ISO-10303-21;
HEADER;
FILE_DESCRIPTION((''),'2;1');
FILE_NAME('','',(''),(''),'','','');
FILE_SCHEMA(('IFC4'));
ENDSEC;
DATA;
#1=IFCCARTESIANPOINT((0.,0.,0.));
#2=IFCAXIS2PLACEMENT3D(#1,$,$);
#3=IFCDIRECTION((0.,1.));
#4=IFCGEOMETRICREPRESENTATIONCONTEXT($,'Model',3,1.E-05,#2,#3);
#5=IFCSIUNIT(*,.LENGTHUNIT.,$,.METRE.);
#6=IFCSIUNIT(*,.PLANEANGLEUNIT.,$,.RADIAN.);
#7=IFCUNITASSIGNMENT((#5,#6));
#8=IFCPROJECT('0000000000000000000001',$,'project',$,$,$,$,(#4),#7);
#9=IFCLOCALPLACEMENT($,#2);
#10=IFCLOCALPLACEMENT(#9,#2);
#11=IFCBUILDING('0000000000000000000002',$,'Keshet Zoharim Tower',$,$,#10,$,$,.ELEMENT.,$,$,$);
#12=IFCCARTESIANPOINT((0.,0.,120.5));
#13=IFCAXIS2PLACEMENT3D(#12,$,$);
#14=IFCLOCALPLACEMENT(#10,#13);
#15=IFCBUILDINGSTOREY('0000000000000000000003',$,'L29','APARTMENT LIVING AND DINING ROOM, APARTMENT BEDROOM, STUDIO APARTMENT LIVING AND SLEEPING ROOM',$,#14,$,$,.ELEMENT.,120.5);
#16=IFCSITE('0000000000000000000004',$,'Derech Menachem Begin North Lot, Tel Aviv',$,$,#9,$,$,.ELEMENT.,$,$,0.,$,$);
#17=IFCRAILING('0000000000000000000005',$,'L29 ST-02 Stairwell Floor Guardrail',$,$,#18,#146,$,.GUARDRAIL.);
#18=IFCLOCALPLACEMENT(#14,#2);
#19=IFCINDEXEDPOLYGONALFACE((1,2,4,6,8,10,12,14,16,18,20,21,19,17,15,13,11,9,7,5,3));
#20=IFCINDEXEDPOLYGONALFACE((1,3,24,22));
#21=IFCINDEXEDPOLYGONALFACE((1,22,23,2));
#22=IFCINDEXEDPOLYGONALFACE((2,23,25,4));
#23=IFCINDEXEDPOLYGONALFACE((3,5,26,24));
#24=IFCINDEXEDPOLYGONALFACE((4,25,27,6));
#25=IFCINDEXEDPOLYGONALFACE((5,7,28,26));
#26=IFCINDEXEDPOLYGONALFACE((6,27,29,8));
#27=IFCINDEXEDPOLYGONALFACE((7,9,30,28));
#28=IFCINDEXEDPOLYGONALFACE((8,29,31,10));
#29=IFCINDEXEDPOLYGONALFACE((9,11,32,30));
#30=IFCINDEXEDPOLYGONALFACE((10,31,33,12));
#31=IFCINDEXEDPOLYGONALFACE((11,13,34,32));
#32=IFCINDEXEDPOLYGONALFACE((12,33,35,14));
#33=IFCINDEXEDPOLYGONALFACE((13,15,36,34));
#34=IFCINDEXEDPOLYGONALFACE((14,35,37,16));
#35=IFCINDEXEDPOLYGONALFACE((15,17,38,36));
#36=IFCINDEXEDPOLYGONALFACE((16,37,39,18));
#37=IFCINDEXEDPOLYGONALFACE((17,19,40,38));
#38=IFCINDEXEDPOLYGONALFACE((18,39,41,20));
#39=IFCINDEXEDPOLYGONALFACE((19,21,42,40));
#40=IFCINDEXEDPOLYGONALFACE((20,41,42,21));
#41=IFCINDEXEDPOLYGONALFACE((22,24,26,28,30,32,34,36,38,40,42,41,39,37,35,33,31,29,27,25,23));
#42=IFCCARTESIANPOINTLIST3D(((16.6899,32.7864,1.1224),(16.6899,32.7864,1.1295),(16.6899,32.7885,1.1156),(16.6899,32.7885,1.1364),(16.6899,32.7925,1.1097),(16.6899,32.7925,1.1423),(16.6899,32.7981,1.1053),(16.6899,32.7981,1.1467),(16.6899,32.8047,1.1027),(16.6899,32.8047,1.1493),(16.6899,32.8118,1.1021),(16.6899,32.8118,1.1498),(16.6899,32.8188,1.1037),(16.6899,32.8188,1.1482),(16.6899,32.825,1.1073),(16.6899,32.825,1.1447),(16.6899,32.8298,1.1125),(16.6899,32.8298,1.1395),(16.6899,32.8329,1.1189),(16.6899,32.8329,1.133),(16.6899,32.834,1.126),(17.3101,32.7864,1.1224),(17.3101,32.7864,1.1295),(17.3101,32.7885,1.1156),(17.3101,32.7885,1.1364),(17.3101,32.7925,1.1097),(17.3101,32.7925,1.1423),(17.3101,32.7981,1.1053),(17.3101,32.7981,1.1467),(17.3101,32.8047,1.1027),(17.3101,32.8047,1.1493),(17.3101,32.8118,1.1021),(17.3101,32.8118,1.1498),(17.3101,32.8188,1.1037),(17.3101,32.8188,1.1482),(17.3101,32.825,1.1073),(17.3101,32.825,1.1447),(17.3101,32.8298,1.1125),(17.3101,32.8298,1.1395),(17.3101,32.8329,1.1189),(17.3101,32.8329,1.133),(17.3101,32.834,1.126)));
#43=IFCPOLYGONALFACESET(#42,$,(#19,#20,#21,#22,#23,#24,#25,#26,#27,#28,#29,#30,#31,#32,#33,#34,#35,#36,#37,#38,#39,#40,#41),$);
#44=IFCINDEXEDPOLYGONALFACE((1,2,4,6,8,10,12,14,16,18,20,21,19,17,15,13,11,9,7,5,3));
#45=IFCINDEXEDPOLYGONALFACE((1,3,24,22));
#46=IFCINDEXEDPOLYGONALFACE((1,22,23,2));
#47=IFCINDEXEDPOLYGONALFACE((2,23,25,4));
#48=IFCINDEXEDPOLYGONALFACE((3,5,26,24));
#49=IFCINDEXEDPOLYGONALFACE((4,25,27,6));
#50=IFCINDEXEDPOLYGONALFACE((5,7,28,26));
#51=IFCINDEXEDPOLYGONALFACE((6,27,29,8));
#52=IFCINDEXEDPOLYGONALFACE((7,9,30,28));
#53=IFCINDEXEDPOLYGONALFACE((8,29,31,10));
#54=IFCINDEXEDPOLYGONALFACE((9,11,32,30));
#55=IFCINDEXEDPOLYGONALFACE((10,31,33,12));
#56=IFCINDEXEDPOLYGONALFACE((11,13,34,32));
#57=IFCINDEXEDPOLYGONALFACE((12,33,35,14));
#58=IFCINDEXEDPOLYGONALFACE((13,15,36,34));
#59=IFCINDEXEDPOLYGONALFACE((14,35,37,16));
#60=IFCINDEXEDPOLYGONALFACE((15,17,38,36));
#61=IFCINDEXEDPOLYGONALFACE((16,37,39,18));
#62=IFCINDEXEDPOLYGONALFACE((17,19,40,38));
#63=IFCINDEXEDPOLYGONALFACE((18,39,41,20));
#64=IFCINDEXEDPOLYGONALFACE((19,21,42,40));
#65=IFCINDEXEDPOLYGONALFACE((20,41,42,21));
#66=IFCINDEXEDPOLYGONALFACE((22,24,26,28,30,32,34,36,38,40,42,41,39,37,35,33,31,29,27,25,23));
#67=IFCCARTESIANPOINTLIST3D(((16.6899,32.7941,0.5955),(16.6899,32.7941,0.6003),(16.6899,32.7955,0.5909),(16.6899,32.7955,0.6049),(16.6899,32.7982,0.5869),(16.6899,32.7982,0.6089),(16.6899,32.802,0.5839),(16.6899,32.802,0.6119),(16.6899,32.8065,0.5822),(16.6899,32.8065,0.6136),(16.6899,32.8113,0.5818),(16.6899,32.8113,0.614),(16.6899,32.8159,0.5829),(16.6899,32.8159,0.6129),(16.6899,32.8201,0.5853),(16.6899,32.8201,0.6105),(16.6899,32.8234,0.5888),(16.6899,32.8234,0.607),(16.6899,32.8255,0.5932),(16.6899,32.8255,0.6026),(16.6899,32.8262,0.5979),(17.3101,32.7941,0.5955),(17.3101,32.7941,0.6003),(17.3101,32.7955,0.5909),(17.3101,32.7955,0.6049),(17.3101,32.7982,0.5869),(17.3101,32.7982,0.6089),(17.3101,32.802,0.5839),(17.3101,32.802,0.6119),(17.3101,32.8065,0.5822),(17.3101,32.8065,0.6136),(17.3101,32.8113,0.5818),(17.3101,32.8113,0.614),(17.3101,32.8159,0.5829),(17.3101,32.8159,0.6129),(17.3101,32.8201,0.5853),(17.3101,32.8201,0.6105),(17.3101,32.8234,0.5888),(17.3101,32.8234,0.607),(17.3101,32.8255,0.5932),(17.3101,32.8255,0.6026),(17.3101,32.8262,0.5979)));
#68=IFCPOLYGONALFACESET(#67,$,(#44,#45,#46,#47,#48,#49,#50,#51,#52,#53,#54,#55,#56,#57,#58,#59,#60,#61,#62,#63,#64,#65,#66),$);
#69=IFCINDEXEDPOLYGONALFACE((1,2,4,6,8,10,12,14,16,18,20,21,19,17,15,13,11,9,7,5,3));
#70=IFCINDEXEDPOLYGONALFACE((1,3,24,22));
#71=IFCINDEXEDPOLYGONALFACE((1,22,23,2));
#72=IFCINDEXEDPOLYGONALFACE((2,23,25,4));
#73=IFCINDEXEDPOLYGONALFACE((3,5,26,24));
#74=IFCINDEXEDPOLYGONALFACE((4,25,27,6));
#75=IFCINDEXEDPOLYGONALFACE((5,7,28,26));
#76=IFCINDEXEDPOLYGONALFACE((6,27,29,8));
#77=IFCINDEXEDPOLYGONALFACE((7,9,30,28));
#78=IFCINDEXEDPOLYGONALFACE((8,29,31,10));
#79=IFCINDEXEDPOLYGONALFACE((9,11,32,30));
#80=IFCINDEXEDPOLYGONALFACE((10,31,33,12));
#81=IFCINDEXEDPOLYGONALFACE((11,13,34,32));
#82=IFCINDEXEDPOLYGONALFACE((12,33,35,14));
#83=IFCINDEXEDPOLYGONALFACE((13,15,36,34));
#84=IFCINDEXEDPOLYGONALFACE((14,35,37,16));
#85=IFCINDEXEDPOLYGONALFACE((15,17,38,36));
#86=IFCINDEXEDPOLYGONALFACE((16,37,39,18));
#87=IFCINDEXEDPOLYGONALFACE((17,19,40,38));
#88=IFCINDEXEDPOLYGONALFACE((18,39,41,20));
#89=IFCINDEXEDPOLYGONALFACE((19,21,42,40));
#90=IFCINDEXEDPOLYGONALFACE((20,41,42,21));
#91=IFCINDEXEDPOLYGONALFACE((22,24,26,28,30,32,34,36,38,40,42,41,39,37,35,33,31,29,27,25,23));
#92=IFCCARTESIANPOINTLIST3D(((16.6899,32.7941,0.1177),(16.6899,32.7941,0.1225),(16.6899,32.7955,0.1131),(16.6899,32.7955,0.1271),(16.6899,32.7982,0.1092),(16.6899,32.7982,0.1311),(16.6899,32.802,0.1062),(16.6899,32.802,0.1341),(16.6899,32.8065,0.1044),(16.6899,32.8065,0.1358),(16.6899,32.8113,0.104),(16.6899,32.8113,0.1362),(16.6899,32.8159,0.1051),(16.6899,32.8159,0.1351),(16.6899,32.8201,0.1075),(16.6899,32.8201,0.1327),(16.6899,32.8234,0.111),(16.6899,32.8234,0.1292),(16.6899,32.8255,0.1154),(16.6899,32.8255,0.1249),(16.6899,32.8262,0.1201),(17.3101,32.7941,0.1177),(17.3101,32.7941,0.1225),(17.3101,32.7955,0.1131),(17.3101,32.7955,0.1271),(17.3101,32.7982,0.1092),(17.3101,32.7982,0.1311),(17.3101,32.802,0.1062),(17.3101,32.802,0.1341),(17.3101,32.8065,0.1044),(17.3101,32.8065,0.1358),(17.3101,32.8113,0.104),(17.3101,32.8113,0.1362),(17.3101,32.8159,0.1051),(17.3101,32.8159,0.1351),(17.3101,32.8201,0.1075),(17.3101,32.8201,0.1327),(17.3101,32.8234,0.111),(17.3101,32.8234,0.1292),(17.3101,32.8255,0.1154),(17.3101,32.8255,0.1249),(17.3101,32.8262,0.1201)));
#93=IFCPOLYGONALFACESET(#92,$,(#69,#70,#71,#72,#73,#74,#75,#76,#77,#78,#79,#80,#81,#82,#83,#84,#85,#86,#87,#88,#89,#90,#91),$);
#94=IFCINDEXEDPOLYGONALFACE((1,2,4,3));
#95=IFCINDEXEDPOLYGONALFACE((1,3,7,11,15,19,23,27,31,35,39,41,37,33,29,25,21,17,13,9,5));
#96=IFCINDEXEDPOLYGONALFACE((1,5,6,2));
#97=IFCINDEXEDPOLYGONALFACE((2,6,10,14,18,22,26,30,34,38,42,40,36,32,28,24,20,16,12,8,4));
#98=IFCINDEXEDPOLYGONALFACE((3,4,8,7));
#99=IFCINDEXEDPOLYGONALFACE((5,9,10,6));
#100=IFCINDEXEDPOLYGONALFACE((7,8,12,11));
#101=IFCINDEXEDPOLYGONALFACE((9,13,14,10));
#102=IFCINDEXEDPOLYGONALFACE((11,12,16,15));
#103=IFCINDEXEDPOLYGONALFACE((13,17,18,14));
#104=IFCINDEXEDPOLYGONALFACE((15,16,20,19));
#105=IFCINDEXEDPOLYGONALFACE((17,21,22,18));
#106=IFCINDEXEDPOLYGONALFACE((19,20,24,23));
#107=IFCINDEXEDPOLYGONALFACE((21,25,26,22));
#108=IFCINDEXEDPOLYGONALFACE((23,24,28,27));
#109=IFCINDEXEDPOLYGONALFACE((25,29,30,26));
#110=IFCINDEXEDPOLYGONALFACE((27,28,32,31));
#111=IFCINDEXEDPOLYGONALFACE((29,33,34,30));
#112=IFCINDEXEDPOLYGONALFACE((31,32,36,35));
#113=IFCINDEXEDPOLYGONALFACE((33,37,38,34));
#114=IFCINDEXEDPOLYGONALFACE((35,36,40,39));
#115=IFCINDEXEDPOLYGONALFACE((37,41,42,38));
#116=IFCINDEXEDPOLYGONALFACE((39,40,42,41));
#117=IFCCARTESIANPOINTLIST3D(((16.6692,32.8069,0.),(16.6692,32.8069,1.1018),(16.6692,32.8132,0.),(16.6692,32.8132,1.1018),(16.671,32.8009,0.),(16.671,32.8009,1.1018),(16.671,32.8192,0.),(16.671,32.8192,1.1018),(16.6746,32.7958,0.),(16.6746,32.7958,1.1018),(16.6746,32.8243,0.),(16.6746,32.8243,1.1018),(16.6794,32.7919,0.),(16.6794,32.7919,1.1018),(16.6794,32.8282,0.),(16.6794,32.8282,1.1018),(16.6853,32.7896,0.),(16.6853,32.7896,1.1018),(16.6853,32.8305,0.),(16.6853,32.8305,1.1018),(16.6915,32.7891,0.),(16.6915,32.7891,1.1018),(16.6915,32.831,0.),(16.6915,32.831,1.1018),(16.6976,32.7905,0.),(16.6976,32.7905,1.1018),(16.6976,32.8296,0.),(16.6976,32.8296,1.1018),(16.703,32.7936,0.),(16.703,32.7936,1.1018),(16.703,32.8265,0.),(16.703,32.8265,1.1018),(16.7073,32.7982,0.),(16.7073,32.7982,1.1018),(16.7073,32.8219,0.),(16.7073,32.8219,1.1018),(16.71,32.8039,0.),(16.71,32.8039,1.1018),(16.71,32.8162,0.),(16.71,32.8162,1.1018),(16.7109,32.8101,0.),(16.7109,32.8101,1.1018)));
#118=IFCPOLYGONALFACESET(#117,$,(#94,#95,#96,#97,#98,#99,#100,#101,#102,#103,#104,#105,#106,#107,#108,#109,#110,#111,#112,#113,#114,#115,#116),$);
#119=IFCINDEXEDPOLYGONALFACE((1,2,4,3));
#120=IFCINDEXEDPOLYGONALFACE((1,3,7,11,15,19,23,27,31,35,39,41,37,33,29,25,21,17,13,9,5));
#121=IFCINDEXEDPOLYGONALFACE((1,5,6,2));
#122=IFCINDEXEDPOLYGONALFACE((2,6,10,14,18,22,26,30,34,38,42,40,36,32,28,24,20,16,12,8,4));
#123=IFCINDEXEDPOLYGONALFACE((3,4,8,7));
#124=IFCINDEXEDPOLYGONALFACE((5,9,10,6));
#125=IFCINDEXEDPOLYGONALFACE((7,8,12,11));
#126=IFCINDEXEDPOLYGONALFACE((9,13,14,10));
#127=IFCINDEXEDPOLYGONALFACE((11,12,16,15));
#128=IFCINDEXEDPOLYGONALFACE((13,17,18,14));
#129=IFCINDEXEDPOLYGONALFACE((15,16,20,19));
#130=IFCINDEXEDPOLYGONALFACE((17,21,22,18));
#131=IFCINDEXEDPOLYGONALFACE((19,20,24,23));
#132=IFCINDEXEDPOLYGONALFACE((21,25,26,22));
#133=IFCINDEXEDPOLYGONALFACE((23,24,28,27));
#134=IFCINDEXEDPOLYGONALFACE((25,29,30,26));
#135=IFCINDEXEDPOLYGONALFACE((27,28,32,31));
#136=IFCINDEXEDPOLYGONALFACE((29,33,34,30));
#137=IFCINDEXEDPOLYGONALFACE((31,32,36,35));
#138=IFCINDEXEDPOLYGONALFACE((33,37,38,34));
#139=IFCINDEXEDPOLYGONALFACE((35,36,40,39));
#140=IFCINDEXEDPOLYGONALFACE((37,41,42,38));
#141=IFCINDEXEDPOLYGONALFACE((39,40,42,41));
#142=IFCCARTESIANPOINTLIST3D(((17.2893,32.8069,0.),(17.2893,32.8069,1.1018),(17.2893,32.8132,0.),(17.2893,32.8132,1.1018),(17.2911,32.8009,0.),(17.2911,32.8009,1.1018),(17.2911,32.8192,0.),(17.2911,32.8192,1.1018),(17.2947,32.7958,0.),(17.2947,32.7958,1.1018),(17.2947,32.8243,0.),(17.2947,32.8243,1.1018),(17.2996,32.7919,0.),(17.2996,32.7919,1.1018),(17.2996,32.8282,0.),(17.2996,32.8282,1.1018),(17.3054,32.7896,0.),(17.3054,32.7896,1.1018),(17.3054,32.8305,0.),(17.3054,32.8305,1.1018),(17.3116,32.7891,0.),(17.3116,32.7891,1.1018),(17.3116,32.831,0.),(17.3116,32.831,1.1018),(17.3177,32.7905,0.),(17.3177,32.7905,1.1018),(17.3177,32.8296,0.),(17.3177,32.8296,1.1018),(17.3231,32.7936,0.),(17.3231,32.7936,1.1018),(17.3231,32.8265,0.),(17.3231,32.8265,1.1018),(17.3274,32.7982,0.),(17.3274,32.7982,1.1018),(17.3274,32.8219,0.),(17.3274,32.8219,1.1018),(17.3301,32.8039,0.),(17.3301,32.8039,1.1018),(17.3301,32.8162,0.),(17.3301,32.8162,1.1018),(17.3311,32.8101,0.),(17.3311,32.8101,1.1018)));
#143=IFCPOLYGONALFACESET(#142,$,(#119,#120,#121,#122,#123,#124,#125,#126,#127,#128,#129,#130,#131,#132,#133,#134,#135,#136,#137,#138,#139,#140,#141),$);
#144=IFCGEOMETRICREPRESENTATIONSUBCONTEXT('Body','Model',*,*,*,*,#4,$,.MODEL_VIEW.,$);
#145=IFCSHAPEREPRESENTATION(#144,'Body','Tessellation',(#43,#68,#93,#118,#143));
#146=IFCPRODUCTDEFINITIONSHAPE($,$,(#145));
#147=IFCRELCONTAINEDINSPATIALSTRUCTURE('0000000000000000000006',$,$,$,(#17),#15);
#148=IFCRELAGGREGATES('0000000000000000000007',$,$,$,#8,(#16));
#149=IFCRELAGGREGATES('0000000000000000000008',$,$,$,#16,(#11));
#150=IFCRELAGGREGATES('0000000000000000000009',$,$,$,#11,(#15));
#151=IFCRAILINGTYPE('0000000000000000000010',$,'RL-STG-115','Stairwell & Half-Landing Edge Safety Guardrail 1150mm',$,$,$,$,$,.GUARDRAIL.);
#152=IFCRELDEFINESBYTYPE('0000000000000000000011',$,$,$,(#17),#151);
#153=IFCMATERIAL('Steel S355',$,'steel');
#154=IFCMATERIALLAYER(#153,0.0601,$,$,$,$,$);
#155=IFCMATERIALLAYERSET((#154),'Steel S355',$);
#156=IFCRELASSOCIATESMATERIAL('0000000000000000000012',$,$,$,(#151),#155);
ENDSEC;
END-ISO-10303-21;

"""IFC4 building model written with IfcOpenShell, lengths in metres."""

from ifc_helpers import new_model, si_unit, direction, frame, origin, origin_2d, place, context, subcontext, project, spatial, circle, extrude, material, layer, layer_set, type_object, element, save


model = new_model("IFC4")

# Units and contexts
model_context = context("Model", 3, precision=1e-05, world=origin(), true_north=direction((0.0, 1.0)))
body_context = subcontext(model_context, "Body", "Model", "MODEL_VIEW")
ifc_project = project(units=[si_unit("LENGTHUNIT", "METRE"), si_unit("PLANEANGLEUNIT", "RADIAN")], contexts=[model_context])

# Site, building, storey
site_placement = place(None, origin())
site = spatial("IfcSite", under=ifc_project, at=site_placement, Name="Derech Menachem Begin North Lot, Tel Aviv", CompositionType="ELEMENT", RefElevation=0.0)
building_placement = place(site_placement, origin())
building = spatial("IfcBuilding", under=site, at=building_placement, Name="Keshet Zoharim Tower", CompositionType="ELEMENT")
storey_placement = place(building_placement, frame((0.0, 0.0, 120.5)))
storey = spatial("IfcBuildingStorey", under=building, at=storey_placement, Name="L29", Description="APARTMENT LIVING AND DINING ROOM, APARTMENT BEDROOM, STUDIO APARTMENT LIVING AND SLEEPING ROOM", CompositionType="ELEMENT", Elevation=120.5)

# Shared definitions
ifc_material_1 = material(Name="Steel S355", Category="steel")

# Railing
ifc_layer_1 = layer(ifc_material_1, 0.0601)
ifc_layer_set_1 = layer_set([ifc_layer_1], Name="Steel S355")
railing_type_1 = type_object("IfcRailingType", Name="RL-STG-115", Description="Stairwell & Half-Landing Edge Safety Guardrail 1150mm", PredefinedType="GUARDRAIL", material=ifc_layer_set_1)
railing_1_placement = place(storey_placement, frame((16.6899, 32.8101, 0.0)))
element("IfcRailing", 1, at=railing_1_placement, inside=storey, type_object=railing_type_1, Name="L29 ST-02 Stairwell Floor Guardrail", PredefinedType="GUARDRAIL", context=body_context, shape_type="SweptSolid", body=[
    extrude(circle(Radius=0.0239, at=origin_2d()), frame((0.0, 0.0, 1.126), z_axis=(1.0, 0.0, 0.0), x_axis=(0.0, 1.0, 0.0)), (0.0, 0.0, 1.0), 0.6201),
    extrude(circle(Radius=0.0161, at=origin_2d()), frame((0.0, 0.0, 0.5979), z_axis=(1.0, 0.0, 0.0), x_axis=(0.0, 1.0, 0.0)), (0.0, 0.0, 1.0), 0.6201),
    extrude(circle(Radius=0.0161, at=origin_2d()), frame((0.0, 0.0, 0.1201), z_axis=(1.0, 0.0, 0.0), x_axis=(0.0, 1.0, 0.0)), (0.0, 0.0, 1.0), 0.6201),
    extrude(circle(Radius=0.021, at=origin_2d()), origin(), (0.0, 0.0, 1.0), 1.1018),
    extrude(circle(Radius=0.021, at=origin_2d()), frame((0.6201, 0.0, 0.0)), (0.0, 0.0, 1.0), 1.1018),
])

save(model, "model.ifc")
